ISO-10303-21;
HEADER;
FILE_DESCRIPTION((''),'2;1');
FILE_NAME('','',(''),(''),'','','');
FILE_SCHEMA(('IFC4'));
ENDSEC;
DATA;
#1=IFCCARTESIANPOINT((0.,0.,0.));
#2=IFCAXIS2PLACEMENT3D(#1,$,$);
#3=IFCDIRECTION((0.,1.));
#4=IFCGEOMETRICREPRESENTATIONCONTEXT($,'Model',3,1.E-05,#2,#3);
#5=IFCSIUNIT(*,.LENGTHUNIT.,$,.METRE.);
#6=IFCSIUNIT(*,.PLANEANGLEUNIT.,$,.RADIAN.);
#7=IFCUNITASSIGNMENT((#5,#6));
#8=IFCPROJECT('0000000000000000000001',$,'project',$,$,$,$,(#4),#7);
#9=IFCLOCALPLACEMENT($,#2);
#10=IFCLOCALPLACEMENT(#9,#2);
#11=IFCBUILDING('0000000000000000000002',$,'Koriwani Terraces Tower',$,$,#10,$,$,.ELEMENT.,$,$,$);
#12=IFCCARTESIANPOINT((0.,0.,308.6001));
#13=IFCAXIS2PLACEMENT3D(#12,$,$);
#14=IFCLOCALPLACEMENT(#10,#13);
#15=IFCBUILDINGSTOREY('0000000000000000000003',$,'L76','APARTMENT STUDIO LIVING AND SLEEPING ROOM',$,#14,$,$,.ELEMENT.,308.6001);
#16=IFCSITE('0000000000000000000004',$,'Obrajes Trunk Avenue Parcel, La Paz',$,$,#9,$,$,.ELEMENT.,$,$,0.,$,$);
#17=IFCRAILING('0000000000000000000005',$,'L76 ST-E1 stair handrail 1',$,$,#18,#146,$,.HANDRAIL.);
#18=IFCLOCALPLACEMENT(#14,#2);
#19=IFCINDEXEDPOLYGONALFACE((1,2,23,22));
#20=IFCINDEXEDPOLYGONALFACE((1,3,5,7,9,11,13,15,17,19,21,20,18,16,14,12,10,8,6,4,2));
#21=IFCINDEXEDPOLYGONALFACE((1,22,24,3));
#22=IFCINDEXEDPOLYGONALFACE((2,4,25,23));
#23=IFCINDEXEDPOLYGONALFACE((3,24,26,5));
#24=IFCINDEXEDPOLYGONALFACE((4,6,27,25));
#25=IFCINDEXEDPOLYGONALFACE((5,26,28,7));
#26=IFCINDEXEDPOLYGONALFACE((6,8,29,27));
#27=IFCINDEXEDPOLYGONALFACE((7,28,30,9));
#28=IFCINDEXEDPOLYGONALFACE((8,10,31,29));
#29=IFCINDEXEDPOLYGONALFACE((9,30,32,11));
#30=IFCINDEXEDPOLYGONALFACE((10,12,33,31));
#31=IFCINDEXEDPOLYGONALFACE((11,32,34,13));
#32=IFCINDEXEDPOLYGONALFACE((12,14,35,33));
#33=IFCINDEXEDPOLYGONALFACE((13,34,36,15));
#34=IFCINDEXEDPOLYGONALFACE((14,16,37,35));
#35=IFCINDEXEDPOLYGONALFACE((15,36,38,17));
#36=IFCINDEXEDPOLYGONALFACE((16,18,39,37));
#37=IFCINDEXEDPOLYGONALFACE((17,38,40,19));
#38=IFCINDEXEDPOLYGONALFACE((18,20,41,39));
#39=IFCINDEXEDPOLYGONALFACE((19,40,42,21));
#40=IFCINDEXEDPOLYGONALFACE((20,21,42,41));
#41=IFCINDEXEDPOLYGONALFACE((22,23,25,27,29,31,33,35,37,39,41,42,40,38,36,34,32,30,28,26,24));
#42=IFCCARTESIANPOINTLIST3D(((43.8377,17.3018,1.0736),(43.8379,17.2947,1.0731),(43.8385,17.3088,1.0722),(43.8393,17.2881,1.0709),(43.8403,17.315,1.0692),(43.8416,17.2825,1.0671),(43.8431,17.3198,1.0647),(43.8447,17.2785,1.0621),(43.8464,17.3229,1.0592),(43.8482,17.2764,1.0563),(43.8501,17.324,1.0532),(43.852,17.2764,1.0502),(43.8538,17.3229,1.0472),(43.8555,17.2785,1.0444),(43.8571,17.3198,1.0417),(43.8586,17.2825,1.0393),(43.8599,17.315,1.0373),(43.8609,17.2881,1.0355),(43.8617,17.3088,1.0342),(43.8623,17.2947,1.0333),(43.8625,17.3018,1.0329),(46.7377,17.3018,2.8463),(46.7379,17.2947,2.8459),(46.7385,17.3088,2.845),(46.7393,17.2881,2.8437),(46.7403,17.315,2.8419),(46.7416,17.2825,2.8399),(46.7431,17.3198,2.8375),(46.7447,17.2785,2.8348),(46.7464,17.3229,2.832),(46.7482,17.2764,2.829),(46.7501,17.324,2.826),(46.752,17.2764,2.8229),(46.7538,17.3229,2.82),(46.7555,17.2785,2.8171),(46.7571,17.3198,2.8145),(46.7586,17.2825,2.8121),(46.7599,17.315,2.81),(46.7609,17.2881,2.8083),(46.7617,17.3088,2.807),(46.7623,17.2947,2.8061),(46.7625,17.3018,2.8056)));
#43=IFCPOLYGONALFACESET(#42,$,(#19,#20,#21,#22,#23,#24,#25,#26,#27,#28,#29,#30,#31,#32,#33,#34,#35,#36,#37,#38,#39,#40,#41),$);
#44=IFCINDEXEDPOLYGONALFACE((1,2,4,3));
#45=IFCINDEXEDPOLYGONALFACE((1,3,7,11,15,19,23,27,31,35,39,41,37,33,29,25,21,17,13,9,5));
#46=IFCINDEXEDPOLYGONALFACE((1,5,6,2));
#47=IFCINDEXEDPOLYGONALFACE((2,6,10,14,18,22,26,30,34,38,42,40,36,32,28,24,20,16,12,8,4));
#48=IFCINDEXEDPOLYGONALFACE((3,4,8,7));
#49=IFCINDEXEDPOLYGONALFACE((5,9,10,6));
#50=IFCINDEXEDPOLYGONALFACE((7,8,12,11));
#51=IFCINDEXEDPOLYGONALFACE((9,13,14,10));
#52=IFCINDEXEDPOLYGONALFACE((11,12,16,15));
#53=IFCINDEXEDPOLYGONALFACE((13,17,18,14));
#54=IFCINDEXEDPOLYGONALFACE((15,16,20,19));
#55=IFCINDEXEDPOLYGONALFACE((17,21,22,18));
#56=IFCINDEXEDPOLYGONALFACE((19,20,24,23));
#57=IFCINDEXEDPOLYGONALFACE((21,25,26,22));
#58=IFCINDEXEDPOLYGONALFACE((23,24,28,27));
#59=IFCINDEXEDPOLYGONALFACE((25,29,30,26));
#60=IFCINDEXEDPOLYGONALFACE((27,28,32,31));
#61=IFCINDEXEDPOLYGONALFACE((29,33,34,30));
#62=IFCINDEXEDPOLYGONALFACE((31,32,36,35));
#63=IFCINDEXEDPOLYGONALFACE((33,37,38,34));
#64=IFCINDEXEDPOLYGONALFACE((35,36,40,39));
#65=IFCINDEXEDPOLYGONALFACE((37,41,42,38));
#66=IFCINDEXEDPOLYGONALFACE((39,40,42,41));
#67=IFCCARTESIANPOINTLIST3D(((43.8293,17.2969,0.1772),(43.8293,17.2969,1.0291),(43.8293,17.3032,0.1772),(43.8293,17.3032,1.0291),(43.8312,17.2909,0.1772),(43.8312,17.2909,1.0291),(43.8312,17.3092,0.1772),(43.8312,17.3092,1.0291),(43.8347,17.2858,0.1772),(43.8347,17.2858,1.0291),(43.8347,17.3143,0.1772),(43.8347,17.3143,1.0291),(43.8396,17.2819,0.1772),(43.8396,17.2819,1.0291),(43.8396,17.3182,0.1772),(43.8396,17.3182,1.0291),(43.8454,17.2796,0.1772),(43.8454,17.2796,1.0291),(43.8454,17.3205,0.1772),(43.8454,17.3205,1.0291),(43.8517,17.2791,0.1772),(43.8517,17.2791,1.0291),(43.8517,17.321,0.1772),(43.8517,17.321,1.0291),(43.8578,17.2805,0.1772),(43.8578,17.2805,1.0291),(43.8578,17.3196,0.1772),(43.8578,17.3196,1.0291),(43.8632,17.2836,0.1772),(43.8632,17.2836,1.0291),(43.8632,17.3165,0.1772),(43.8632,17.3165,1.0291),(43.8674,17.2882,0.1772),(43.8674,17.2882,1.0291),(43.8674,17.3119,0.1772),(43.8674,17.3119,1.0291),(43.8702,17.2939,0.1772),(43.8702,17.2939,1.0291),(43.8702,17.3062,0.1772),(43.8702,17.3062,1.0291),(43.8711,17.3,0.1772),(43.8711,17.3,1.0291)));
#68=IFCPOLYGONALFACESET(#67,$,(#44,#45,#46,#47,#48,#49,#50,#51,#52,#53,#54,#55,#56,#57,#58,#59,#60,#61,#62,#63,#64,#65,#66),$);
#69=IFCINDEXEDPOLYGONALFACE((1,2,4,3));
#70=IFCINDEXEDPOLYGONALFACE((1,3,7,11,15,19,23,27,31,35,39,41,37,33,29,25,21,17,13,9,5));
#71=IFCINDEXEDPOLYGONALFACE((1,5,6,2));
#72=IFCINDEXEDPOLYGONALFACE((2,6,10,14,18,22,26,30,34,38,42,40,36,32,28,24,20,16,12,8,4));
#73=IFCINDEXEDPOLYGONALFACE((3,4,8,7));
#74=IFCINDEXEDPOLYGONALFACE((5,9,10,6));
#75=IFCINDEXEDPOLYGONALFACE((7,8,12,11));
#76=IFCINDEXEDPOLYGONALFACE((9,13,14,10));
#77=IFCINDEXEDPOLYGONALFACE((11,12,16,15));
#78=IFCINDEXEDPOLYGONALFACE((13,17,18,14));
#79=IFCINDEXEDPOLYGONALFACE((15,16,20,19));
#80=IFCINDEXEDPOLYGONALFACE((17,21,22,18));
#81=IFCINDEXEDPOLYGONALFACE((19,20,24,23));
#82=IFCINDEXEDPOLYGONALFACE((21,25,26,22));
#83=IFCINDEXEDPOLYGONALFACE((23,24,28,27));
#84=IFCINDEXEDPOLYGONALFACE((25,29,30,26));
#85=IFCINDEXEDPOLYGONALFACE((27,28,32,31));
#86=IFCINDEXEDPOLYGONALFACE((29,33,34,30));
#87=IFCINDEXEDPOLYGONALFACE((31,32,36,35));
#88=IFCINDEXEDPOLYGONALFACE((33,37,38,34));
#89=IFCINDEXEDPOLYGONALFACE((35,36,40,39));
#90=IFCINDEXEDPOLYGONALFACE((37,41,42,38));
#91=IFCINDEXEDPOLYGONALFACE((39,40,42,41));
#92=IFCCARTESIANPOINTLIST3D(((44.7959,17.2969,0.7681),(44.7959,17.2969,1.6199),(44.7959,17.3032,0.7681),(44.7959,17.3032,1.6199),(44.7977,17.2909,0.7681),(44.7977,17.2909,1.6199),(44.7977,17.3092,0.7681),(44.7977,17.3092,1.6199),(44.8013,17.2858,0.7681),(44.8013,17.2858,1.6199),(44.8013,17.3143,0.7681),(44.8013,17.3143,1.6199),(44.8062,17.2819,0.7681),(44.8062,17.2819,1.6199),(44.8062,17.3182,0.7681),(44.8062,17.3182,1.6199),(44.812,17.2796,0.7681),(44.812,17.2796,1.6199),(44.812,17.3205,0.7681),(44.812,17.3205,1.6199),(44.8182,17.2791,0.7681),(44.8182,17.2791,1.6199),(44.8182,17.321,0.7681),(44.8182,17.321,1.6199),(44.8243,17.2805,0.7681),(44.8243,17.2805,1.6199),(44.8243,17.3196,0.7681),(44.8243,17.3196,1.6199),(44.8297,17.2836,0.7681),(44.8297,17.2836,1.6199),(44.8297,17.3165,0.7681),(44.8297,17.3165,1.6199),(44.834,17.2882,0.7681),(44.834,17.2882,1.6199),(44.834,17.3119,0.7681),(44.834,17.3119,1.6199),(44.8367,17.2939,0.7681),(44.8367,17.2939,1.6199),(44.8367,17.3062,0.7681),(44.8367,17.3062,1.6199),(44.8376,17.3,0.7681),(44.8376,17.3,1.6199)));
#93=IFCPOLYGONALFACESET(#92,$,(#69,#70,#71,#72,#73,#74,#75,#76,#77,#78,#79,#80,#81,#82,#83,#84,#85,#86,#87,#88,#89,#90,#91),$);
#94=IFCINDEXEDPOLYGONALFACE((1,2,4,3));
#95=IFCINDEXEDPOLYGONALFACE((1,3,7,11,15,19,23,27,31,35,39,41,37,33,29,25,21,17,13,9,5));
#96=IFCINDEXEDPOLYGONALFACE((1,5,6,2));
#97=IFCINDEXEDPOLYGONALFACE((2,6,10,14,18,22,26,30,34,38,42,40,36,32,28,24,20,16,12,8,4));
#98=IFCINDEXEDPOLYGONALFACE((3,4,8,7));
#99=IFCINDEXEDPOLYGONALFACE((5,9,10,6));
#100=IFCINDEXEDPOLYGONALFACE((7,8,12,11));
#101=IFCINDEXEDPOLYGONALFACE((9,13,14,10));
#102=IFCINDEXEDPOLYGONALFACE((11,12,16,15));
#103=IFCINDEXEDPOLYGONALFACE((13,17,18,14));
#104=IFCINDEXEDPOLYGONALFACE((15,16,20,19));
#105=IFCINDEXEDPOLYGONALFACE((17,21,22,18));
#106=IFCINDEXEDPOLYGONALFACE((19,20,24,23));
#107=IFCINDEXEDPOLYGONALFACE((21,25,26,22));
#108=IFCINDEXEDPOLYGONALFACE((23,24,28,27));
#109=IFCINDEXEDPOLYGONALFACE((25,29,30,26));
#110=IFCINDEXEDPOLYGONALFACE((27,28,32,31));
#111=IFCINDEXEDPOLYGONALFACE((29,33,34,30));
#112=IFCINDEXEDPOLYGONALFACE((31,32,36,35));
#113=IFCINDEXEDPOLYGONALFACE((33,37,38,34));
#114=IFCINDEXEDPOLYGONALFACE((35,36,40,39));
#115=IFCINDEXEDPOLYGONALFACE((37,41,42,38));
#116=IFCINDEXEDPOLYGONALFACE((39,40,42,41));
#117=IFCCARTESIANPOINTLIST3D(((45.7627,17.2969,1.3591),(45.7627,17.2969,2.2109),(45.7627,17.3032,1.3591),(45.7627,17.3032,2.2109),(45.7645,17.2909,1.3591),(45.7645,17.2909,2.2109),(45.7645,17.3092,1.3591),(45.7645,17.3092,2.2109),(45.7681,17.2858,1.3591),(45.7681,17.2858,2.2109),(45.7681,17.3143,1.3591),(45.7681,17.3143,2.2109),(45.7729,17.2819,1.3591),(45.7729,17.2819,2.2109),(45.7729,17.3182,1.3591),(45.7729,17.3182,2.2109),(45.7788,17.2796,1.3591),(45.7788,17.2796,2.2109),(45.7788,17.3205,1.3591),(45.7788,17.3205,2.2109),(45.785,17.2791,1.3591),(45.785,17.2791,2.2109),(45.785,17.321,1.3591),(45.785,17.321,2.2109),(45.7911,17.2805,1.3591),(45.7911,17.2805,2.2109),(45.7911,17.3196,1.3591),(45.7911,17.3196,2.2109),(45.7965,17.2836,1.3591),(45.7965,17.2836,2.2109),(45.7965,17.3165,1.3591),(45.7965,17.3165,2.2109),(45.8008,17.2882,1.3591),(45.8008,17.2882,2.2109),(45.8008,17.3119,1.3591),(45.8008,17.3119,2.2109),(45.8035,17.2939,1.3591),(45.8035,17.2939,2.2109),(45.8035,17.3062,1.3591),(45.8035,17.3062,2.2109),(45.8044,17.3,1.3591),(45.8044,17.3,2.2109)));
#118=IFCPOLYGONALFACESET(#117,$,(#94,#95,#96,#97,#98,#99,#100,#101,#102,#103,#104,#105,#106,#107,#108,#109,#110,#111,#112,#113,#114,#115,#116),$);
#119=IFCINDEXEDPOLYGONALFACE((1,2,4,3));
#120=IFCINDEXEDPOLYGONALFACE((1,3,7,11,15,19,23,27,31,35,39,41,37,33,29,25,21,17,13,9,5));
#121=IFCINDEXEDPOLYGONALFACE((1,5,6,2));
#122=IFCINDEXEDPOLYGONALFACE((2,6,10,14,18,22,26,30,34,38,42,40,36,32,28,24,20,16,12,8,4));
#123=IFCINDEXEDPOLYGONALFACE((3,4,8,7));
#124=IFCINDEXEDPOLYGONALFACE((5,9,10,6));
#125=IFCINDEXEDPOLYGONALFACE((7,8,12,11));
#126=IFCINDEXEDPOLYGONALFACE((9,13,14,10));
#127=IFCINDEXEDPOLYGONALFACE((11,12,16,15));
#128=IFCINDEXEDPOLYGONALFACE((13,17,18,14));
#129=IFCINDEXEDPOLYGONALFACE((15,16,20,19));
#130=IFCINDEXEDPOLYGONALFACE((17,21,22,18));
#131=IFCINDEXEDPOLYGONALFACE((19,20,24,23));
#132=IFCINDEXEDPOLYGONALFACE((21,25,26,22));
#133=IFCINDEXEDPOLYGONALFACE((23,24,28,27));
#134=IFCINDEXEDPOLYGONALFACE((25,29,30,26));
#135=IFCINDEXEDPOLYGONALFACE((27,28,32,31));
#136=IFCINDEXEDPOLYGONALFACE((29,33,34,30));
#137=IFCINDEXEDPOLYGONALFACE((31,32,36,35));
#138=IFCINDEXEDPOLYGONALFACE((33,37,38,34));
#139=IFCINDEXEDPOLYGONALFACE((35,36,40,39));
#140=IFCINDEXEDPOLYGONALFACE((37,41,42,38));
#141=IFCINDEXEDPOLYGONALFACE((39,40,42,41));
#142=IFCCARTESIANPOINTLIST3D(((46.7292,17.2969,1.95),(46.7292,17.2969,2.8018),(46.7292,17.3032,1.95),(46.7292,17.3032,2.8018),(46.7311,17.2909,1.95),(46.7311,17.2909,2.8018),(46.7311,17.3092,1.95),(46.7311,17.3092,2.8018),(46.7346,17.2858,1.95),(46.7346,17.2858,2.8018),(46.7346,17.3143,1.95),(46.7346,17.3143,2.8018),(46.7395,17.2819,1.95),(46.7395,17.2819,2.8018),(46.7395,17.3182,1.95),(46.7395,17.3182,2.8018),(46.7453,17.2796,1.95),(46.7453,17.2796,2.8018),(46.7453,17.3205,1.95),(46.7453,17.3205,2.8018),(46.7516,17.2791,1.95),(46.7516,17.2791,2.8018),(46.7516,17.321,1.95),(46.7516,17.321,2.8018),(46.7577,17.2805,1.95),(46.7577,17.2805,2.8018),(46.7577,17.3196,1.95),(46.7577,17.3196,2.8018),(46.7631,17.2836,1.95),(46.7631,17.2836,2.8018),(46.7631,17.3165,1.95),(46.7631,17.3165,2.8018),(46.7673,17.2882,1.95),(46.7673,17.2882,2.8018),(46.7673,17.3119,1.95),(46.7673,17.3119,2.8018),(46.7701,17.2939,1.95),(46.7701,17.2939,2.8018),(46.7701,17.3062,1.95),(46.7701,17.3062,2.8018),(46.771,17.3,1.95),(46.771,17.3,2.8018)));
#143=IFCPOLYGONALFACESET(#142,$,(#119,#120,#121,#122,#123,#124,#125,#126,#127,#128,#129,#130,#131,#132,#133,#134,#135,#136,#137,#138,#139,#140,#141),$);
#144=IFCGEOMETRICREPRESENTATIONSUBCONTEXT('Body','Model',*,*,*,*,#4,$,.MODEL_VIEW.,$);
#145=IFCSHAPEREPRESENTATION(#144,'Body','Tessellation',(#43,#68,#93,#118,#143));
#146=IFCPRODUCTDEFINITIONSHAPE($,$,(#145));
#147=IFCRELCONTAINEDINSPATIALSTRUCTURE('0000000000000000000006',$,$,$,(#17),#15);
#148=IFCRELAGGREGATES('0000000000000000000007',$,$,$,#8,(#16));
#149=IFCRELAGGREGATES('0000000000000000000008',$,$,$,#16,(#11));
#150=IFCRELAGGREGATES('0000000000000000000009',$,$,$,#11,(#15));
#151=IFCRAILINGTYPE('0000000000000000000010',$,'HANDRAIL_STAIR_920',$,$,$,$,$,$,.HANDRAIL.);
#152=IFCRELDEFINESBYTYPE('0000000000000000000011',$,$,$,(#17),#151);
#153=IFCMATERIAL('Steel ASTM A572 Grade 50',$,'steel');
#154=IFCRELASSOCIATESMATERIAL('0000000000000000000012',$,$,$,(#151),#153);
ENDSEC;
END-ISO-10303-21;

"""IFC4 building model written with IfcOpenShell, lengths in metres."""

from ifc_helpers import new_model, si_unit, direction, frame, origin, origin_2d, place, context, subcontext, project, spatial, circle, extrude, material, type_object, element, save


model = new_model("IFC4")

# Units and contexts
model_context = context("Model", 3, precision=1e-05, world=origin(), true_north=direction((0.0, 1.0)))
body_context = subcontext(model_context, "Body", "Model", "MODEL_VIEW")
ifc_project = project(units=[si_unit("LENGTHUNIT", "METRE"), si_unit("PLANEANGLEUNIT", "RADIAN")], contexts=[model_context])

# Site, building, storey
site_placement = place(None, origin())
site = spatial("IfcSite", under=ifc_project, at=site_placement, Name="Obrajes Trunk Avenue Parcel, La Paz", CompositionType="ELEMENT", RefElevation=0.0)
building_placement = place(site_placement, origin())
building = spatial("IfcBuilding", under=site, at=building_placement, Name="Koriwani Terraces Tower", CompositionType="ELEMENT")
storey_placement = place(building_placement, frame((0.0, 0.0, 308.6001)))
storey = spatial("IfcBuildingStorey", under=building, at=storey_placement, Name="L76", Description="APARTMENT STUDIO LIVING AND SLEEPING ROOM", CompositionType="ELEMENT", Elevation=308.6001)

# Shared definitions
ifc_material_1 = material(Name="Steel ASTM A572 Grade 50", Category="steel")

# Railing
railing_type_1 = type_object("IfcRailingType", Name="HANDRAIL_STAIR_920", PredefinedType="HANDRAIL", material=ifc_material_1)
railing_1_placement = place(storey_placement, frame((43.8501, 17.3, 0.1772)))
element("IfcRailing", 1, at=railing_1_placement, inside=storey, type_object=railing_type_1, Name="L76 ST-E1 stair handrail 1", PredefinedType="HANDRAIL", context=body_context, shape_type="SweptSolid", body=[
    extrude(circle(Radius=0.0239, at=origin_2d()), frame((0.0, 0.0, 0.876), z_axis=(0.853211, 0.0, 0.521566), x_axis=(0.0, 1.0, 0.0)), (0.0, 0.0, 1.0), 3.3989),
    extrude(circle(Radius=0.021, at=origin_2d()), origin(), (0.0, 0.0, 1.0), 0.8518),
    extrude(circle(Radius=0.021, at=origin_2d()), frame((0.9666, 0.0, 0.5908)), (0.0, 0.0, 1.0), 0.8518),
    extrude(circle(Radius=0.021, at=origin_2d()), frame((1.9333, 0.0, 1.1819)), (0.0, 0.0, 1.0), 0.8518),
    extrude(circle(Radius=0.021, at=origin_2d()), frame((2.8999, 0.0, 1.7727)), (0.0, 0.0, 1.0), 0.8518),
])

save(model, "model.ifc")
